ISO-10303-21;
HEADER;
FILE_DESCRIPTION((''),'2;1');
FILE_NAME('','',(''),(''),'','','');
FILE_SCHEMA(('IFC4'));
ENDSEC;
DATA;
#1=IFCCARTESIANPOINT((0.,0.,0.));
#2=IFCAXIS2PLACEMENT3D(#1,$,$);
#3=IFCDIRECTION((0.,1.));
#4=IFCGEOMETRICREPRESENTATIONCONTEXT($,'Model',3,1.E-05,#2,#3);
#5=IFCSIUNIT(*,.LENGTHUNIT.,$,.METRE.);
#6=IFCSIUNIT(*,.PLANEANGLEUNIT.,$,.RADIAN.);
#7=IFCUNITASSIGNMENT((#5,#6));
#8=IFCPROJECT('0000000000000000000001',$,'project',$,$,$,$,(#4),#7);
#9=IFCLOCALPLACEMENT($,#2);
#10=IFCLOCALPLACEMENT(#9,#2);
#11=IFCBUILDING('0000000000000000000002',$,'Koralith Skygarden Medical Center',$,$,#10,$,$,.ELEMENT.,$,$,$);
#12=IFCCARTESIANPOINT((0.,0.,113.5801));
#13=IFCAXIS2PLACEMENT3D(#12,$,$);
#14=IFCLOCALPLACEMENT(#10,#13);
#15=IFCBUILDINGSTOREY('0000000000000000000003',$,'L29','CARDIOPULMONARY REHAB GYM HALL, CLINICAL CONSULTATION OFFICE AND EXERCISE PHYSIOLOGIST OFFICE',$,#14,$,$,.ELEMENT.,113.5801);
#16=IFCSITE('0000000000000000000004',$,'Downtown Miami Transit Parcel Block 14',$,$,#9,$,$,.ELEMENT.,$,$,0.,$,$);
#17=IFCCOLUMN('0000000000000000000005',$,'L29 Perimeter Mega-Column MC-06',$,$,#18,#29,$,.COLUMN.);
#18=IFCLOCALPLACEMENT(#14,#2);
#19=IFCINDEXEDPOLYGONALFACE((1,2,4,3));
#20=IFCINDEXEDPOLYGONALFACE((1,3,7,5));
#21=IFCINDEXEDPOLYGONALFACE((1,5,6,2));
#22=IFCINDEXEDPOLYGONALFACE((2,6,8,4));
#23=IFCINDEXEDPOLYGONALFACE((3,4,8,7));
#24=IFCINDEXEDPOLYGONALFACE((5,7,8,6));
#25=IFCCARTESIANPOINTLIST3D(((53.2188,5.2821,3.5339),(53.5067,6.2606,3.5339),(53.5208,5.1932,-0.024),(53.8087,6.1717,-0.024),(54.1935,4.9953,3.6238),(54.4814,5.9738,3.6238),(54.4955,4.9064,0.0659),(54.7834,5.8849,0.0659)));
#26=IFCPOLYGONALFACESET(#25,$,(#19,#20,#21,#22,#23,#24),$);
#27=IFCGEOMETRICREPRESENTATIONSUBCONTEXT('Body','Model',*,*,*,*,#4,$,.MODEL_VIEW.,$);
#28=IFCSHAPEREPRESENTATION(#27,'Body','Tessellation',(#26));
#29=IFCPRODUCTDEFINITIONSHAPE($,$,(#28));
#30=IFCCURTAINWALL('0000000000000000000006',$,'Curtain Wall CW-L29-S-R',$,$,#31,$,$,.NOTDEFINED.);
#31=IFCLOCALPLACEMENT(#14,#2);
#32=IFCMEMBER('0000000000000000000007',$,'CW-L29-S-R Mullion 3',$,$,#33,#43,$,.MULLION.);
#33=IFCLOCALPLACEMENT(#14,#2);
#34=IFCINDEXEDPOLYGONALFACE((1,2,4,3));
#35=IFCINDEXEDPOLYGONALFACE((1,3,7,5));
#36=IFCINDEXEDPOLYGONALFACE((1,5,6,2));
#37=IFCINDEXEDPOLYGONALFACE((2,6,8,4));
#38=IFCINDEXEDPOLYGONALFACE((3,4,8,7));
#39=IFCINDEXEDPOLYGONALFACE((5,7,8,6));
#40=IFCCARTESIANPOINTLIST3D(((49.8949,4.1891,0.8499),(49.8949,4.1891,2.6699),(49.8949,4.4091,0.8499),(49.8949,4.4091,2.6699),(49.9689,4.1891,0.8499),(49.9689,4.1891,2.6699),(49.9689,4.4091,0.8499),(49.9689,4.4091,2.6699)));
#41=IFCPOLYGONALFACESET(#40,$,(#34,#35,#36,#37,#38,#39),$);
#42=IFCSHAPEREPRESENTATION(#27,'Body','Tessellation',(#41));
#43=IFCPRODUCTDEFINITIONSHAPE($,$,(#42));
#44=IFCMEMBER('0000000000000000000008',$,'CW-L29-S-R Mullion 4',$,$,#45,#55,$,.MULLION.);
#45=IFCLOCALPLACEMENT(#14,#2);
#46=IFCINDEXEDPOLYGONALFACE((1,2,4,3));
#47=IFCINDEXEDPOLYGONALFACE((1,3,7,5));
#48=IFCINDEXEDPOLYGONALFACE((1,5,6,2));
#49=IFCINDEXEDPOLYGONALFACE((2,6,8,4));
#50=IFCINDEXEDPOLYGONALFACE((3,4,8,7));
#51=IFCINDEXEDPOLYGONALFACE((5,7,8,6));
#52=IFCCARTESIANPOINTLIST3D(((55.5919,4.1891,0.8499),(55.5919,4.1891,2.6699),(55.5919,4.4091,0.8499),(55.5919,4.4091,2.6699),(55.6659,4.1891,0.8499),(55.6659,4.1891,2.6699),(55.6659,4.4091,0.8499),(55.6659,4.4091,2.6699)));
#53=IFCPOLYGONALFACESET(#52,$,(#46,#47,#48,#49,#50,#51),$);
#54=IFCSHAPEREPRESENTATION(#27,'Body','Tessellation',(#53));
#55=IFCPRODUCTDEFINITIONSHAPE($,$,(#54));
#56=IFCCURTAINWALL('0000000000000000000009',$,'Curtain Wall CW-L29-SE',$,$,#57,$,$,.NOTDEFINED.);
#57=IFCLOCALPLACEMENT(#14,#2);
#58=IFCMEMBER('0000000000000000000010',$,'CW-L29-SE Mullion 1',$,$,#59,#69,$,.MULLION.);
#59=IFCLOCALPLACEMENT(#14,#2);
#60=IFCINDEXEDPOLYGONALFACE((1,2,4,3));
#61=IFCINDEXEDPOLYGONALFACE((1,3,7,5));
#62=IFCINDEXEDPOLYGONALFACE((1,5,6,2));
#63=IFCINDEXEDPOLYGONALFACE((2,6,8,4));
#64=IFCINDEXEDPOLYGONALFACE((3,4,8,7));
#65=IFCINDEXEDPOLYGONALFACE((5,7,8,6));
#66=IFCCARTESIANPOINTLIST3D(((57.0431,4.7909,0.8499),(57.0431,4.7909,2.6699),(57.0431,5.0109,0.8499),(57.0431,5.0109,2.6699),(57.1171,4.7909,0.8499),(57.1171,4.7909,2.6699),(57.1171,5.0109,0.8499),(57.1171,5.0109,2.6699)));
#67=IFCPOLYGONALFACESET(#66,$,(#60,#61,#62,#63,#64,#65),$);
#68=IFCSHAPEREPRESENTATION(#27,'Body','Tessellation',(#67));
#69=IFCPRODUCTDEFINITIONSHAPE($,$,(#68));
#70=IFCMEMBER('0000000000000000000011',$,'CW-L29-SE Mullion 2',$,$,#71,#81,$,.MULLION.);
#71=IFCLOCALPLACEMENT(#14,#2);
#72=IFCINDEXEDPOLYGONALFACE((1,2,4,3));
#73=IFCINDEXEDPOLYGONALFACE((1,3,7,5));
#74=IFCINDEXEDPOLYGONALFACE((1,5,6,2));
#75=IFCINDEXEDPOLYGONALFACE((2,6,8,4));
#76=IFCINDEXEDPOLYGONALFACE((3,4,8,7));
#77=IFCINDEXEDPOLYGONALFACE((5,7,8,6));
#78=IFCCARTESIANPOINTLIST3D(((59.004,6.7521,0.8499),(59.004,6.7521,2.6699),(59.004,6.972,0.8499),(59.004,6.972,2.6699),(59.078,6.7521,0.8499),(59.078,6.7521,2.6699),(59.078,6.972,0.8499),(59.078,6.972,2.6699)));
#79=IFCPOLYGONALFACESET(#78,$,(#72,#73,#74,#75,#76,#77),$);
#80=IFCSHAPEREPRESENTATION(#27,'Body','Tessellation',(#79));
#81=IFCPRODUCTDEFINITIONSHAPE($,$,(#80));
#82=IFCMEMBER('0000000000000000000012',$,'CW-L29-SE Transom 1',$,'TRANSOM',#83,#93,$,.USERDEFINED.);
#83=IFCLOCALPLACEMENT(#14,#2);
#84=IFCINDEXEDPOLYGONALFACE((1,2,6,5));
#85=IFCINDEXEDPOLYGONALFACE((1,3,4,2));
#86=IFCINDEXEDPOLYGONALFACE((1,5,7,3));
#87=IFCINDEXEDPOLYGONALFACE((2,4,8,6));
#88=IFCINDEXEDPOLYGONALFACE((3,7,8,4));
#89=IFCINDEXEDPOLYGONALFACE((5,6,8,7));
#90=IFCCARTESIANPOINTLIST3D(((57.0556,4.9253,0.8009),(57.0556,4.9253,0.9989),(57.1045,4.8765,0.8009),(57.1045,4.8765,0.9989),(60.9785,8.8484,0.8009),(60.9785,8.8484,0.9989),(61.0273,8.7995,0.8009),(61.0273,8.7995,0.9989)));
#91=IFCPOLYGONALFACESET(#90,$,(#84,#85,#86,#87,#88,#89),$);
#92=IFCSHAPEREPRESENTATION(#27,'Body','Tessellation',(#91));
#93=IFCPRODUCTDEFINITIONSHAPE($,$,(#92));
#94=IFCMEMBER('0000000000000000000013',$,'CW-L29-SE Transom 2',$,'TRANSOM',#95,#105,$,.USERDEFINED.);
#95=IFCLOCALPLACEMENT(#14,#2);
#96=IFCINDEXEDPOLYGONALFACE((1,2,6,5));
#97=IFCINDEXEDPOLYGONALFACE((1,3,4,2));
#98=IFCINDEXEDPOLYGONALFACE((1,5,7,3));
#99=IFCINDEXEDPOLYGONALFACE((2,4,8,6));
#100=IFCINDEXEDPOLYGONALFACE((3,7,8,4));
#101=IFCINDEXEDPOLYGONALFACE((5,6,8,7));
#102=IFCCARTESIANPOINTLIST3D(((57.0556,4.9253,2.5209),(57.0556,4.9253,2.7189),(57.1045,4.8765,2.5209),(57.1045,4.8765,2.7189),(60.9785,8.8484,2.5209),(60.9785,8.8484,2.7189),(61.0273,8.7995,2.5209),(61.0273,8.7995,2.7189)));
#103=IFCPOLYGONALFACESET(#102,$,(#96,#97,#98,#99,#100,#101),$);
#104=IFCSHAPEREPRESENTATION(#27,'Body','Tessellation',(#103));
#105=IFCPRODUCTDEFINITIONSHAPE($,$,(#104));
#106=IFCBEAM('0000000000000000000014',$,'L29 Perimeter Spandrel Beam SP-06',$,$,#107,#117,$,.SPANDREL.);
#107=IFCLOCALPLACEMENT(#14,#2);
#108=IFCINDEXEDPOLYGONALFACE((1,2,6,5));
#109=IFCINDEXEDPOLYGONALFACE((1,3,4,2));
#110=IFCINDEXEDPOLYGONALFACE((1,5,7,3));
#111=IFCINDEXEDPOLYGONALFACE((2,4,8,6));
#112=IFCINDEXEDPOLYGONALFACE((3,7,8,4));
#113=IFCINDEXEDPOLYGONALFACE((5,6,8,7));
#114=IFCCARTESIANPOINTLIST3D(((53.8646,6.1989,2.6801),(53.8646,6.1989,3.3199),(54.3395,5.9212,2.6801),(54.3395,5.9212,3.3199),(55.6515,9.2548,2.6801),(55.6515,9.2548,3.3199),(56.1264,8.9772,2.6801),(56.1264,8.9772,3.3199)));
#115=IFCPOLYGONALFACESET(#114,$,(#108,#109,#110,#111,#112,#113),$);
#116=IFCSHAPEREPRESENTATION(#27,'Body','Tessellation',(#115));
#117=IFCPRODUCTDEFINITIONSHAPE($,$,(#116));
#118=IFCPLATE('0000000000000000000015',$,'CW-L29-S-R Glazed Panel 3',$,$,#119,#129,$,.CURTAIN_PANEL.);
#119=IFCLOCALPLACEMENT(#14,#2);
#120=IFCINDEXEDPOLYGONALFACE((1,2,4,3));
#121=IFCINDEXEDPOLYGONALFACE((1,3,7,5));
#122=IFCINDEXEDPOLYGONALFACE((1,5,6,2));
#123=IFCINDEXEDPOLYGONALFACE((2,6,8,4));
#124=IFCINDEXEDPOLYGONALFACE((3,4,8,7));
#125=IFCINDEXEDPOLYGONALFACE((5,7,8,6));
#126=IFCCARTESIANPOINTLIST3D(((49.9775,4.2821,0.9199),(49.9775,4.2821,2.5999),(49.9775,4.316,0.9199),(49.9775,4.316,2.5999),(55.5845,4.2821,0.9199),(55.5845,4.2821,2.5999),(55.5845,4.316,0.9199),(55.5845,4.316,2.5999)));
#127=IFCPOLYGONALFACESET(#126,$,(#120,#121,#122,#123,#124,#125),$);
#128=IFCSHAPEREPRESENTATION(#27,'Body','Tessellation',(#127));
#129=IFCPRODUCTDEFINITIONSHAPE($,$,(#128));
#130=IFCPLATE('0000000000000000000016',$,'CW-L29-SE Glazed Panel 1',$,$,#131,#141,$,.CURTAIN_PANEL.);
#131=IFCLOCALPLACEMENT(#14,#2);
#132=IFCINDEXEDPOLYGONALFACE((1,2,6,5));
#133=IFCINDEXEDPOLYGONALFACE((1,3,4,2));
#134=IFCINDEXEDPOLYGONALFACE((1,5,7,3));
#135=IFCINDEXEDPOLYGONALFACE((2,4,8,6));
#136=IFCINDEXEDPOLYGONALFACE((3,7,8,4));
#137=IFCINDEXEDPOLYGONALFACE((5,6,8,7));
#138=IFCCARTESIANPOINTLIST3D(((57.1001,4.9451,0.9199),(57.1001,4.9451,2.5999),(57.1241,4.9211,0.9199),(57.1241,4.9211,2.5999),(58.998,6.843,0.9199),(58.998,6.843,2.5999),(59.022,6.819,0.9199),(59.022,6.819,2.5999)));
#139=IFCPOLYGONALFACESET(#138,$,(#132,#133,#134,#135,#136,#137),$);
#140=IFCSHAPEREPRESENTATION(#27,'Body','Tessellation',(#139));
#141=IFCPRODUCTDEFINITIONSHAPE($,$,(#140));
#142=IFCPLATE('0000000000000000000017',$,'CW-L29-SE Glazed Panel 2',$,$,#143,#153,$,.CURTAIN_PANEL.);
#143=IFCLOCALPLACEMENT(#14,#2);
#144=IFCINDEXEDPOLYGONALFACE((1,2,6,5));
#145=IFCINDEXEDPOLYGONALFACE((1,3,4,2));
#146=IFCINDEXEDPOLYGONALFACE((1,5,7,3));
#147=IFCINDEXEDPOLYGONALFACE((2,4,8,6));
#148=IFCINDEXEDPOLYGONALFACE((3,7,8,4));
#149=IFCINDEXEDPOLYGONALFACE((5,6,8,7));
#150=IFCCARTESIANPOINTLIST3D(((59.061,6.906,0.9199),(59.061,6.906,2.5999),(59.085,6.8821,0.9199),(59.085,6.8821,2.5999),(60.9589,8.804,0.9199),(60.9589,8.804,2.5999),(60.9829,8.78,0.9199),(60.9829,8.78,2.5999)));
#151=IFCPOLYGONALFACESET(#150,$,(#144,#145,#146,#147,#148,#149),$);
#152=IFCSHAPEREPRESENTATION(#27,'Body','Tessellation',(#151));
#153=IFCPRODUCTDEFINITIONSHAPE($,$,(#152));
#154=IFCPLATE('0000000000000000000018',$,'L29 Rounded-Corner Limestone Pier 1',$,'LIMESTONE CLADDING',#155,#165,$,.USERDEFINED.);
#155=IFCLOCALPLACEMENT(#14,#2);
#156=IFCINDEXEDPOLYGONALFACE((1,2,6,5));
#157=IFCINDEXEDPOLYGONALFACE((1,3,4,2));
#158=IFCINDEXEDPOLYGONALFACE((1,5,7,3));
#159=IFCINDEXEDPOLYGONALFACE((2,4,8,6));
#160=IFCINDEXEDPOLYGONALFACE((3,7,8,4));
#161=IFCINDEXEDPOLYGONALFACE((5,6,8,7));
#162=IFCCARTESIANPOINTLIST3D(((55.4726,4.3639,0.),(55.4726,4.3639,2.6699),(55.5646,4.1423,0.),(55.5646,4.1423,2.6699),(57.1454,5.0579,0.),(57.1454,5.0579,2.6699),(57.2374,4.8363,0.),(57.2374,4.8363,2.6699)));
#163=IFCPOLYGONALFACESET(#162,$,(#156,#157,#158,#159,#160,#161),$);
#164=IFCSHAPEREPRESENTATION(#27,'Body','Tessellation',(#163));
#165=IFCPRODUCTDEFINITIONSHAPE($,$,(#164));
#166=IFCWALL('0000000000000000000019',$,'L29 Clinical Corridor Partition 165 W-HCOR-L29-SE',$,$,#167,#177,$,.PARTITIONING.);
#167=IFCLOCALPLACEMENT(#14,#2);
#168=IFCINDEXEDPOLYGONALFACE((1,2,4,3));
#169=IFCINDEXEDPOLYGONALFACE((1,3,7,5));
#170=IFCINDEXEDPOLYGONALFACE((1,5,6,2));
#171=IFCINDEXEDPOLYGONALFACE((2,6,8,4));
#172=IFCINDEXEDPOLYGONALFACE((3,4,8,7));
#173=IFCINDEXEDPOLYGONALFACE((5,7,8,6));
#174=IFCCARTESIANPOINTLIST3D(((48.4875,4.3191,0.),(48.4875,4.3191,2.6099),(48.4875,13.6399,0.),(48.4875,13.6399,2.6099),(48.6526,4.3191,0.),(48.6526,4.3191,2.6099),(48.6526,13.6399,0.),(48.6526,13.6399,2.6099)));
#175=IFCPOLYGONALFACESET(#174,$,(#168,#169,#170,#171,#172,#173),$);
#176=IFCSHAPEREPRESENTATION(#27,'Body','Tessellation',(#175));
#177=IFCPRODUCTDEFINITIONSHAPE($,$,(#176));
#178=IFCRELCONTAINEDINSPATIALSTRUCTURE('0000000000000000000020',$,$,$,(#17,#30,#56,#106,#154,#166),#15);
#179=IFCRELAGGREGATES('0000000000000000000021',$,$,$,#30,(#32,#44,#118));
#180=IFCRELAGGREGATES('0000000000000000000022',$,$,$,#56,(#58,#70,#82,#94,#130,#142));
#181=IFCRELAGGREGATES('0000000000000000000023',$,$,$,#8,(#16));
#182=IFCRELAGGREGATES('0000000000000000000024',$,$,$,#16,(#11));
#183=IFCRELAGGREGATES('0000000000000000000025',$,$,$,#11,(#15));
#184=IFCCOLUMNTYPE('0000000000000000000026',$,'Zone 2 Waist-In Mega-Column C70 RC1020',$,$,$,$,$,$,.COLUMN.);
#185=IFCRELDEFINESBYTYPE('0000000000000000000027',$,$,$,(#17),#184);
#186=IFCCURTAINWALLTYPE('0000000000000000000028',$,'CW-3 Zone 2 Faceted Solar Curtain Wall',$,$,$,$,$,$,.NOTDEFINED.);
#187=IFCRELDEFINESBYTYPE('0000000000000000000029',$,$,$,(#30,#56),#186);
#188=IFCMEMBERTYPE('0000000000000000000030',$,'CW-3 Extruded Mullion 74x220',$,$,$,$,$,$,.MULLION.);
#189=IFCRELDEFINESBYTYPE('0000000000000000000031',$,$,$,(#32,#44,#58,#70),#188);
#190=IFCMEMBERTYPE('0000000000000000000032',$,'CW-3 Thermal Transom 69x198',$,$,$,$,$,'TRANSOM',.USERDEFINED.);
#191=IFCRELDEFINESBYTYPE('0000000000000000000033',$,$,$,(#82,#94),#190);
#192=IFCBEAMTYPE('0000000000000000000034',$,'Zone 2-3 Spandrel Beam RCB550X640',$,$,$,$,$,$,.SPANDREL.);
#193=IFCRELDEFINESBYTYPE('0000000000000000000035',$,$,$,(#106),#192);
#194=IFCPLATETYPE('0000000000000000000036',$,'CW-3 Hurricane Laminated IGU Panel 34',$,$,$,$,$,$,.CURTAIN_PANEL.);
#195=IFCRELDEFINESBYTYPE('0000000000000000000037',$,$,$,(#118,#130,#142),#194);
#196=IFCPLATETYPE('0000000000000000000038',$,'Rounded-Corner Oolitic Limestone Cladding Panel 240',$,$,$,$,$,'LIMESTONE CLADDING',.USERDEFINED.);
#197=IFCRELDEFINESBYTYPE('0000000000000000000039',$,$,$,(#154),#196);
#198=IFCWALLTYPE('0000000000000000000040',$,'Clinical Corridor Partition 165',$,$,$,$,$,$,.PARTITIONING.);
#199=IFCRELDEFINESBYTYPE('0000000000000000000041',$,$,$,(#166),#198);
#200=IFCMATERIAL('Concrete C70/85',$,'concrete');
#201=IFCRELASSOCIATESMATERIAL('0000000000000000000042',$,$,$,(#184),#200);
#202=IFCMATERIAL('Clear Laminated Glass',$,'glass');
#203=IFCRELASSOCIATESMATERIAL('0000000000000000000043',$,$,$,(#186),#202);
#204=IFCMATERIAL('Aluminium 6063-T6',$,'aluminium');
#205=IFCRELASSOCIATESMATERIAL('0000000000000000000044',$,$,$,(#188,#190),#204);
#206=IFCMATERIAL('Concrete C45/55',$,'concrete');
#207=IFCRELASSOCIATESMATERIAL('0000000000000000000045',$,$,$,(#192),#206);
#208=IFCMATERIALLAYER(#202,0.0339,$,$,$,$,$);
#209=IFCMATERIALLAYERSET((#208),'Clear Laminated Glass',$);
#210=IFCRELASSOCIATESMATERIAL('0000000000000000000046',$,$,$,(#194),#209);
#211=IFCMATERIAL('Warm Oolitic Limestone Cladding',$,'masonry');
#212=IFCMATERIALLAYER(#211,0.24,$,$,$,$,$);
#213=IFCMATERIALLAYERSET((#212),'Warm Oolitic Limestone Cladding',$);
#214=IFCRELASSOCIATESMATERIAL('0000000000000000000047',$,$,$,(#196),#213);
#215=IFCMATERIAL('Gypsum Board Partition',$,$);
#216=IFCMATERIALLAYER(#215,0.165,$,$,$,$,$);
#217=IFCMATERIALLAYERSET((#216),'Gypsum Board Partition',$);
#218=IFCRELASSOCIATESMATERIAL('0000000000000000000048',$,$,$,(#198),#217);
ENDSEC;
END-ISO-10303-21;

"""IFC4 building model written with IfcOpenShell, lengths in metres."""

from ifc_helpers import new_model, si_unit, direction, frame, frame_2d, origin, origin_2d, place, context, subcontext, project, spatial, rectangle, extrude, material, layer, layer_set, material_profile, profile_set, type_object, element, aggregate, save


model = new_model("IFC4")

# Units and contexts
model_context = context("Model", 3, precision=1e-05, world=origin(), true_north=direction((0.0, 1.0)))
body_context = subcontext(model_context, "Body", "Model", "MODEL_VIEW")
ifc_project = project(units=[si_unit("LENGTHUNIT", "METRE"), si_unit("PLANEANGLEUNIT", "RADIAN")], contexts=[model_context])

# Site, building, storey
site_placement = place(None, origin())
site = spatial("IfcSite", under=ifc_project, at=site_placement, Name="Downtown Miami Transit Parcel Block 14", CompositionType="ELEMENT", RefElevation=0.0)
building_placement = place(site_placement, origin())
building = spatial("IfcBuilding", under=site, at=building_placement, Name="Koralith Skygarden Medical Center", CompositionType="ELEMENT")
storey_placement = place(building_placement, frame((0.0, 0.0, 113.5801)))
storey = spatial("IfcBuildingStorey", under=building, at=storey_placement, Name="L29", Description="CARDIOPULMONARY REHAB GYM HALL, CLINICAL CONSULTATION OFFICE AND EXERCISE PHYSIOLOGIST OFFICE", CompositionType="ELEMENT", Elevation=113.5801)

# Column
ifc_material_1 = material(Name="Concrete C70/85", Category="concrete")
ifc_material_profile_1 = material_profile(ifc_material_1, rectangle(XDim=1.02, YDim=1.02, at=origin_2d()), Name="RC1020X1020")
ifc_profile_set_1 = profile_set([ifc_material_profile_1], Name="Concrete C70/85")
column_type = type_object("IfcColumnType", Name="Zone 2 Waist-In Mega-Column C70 RC1020", PredefinedType="COLUMN", material=ifc_profile_set_1)
column_placement = place(storey_placement, frame((54.1521, 5.5391, 0.021), z_axis=(-0.084553, 0.02488, 0.996108), x_axis=(-0.282292, -0.959328, 0.0)))
element("IfcColumn", 1, at=column_placement, inside=storey, type_object=column_type, Name="L29 Perimeter Mega-Column MC-06", PredefinedType="COLUMN", context=body_context, shape_type="SweptSolid", body=[
    extrude(rectangle(XDim=1.02, YDim=1.02, at=origin_2d()), origin(), (0.0, 0.0, 1.0), 3.5718),
])

# Curtain walls, members
ifc_material_2 = material(Name="Clear Laminated Glass", Category="glass")
curtain_wall_type = type_object("IfcCurtainWallType", Name="CW-3 Zone 2 Faceted Solar Curtain Wall", PredefinedType="NOTDEFINED", material=ifc_material_2)
curtain_wall_1_placement = place(storey_placement, origin())
curtain_wall_1 = element("IfcCurtainWall", 2, at=curtain_wall_1_placement, inside=storey, type_object=curtain_wall_type, Name="Curtain Wall CW-L29-S-R", PredefinedType="NOTDEFINED")
ifc_material_3 = material(Name="Aluminium 6063-T6", Category="aluminium")
ifc_material_profile_2 = material_profile(ifc_material_3, rectangle(XDim=0.074, YDim=0.22, at=origin_2d()), Name="MUL74X220")
ifc_profile_set_2 = profile_set([ifc_material_profile_2], Name="Aluminium 6063-T6")
member_type_1 = type_object("IfcMemberType", Name="CW-3 Extruded Mullion 74x220", PredefinedType="MULLION", material=ifc_profile_set_2)
member_1_placement = place(storey_placement, frame((49.9319, 4.2991, 0.8499), z_axis=(0.0, 0.0, 1.0), x_axis=(1.0, 0.0, 0.0)))
member_1 = element("IfcMember", 3, at=member_1_placement, type_object=member_type_1, Name="CW-L29-S-R Mullion 3", PredefinedType="MULLION", context=body_context, shape_type="SweptSolid", body=[
    extrude(rectangle(XDim=0.074, YDim=0.22, at=origin_2d()), origin(), (0.0, 0.0, 1.0), 1.8201),
])
member_2_placement = place(storey_placement, frame((55.6289, 4.2991, 0.8499), z_axis=(0.0, 0.0, 1.0), x_axis=(1.0, 0.0, 0.0)))
member_2 = element("IfcMember", 4, at=member_2_placement, type_object=member_type_1, Name="CW-L29-S-R Mullion 4", PredefinedType="MULLION", context=body_context, shape_type="SweptSolid", body=[
    extrude(rectangle(XDim=0.074, YDim=0.22, at=origin_2d()), origin(), (0.0, 0.0, 1.0), 1.8201),
])
curtain_wall_2_placement = place(storey_placement, origin())
curtain_wall_2 = element("IfcCurtainWall", 5, at=curtain_wall_2_placement, inside=storey, type_object=curtain_wall_type, Name="Curtain Wall CW-L29-SE", PredefinedType="NOTDEFINED")
member_3_placement = place(storey_placement, frame((57.0801, 4.9009, 0.8499), z_axis=(0.0, 0.0, 1.0), x_axis=(1.0, 0.0, 0.0)))
member_3 = element("IfcMember", 6, at=member_3_placement, type_object=member_type_1, Name="CW-L29-SE Mullion 1", PredefinedType="MULLION", context=body_context, shape_type="SweptSolid", body=[
    extrude(rectangle(XDim=0.074, YDim=0.22, at=origin_2d()), origin(), (0.0, 0.0, 1.0), 1.8201),
])
member_4_placement = place(storey_placement, frame((59.041, 6.8621, 0.8499), z_axis=(0.0, 0.0, 1.0), x_axis=(1.0, 0.0, 0.0)))
member_4 = element("IfcMember", 7, at=member_4_placement, type_object=member_type_1, Name="CW-L29-SE Mullion 2", PredefinedType="MULLION", context=body_context, shape_type="SweptSolid", body=[
    extrude(rectangle(XDim=0.074, YDim=0.22, at=origin_2d()), origin(), (0.0, 0.0, 1.0), 1.8201),
])
ifc_material_profile_3 = material_profile(ifc_material_3, rectangle(XDim=0.0691, YDim=0.198, at=origin_2d()), Name="TRN69X198")
ifc_profile_set_3 = profile_set([ifc_material_profile_3], Name="Aluminium 6063-T6")
member_type_2 = type_object("IfcMemberType", Name="CW-3 Thermal Transom 69x198", ElementType="TRANSOM", PredefinedType="USERDEFINED", material=ifc_profile_set_3)
member_5_placement = place(storey_placement, frame((57.0801, 4.9009, 0.8999), z_axis=(0.707085, 0.707129, 0.0), x_axis=(-0.707129, 0.707085, 0.0)))
member_5 = element("IfcMember", 8, at=member_5_placement, type_object=member_type_2, Name="CW-L29-SE Transom 1", ObjectType="TRANSOM", PredefinedType="USERDEFINED", context=body_context, shape_type="SweptSolid", body=[
    extrude(rectangle(XDim=0.0691, YDim=0.198, at=origin_2d()), origin(), (0.0, 0.0, 1.0), 5.5479),
])
member_6_placement = place(storey_placement, frame((57.0801, 4.9009, 2.6199), z_axis=(0.707085, 0.707129, 0.0), x_axis=(-0.707129, 0.707085, 0.0)))
member_6 = element("IfcMember", 9, at=member_6_placement, type_object=member_type_2, Name="CW-L29-SE Transom 2", ObjectType="TRANSOM", PredefinedType="USERDEFINED", context=body_context, shape_type="SweptSolid", body=[
    extrude(rectangle(XDim=0.0691, YDim=0.198, at=origin_2d()), origin(), (0.0, 0.0, 1.0), 5.5479),
])

# Beam
ifc_material_4 = material(Name="Concrete C45/55", Category="concrete")
ifc_material_profile_4 = material_profile(ifc_material_4, rectangle(XDim=0.55, YDim=0.6399, at=origin_2d()), Name="RCB550X640")
ifc_profile_set_4 = profile_set([ifc_material_profile_4], Name="Concrete C45/55")
beam_type = type_object("IfcBeamType", Name="Zone 2-3 Spandrel Beam RCB550X640", PredefinedType="SPANDREL", material=ifc_profile_set_4)
beam_placement = place(storey_placement, frame((54.1021, 6.0601, 3.0), z_axis=(0.504767, 0.863256, 0.0), x_axis=(-0.863256, 0.504767, 0.0)))
element("IfcBeam", 10, at=beam_placement, inside=storey, type_object=beam_type, Name="L29 Perimeter Spandrel Beam SP-06", PredefinedType="SPANDREL", context=body_context, shape_type="SweptSolid", body=[
    extrude(rectangle(XDim=0.55, YDim=0.6399, at=origin_2d()), origin(), (0.0, 0.0, 1.0), 3.54),
])

# Plates
ifc_layer_1 = layer(ifc_material_2, 0.0339)
ifc_layer_set_1 = layer_set([ifc_layer_1], Name="Clear Laminated Glass")
plate_type_1 = type_object("IfcPlateType", Name="CW-3 Hurricane Laminated IGU Panel 34", PredefinedType="CURTAIN_PANEL", material=ifc_layer_set_1)
plate_1_placement = place(storey_placement, frame((52.781, 4.2991, 0.9199), z_axis=(0.0, 0.0, 1.0), x_axis=(1.0, 0.0, 0.0)))
plate_1 = element("IfcPlate", 11, at=plate_1_placement, type_object=plate_type_1, Name="CW-L29-S-R Glazed Panel 3", PredefinedType="CURTAIN_PANEL", context=body_context, shape_type="SweptSolid", body=[
    extrude(rectangle(XDim=5.6069, YDim=0.0339, at=origin_2d()), origin(), (0.0, 0.0, 1.0), 1.6799),
])
aggregate(curtain_wall_1, [member_1, member_2, plate_1])
plate_2_placement = place(storey_placement, frame((58.061, 5.8821, 0.9199), z_axis=(0.0, 0.0, 1.0), x_axis=(0.707107, 0.707107, 0.0)))
plate_2 = element("IfcPlate", 12, at=plate_2_placement, type_object=plate_type_1, Name="CW-L29-SE Glazed Panel 1", PredefinedType="CURTAIN_PANEL", context=body_context, shape_type="SweptSolid", body=[
    extrude(rectangle(XDim=2.6841, YDim=0.0339, at=origin_2d()), origin(), (0.0, 0.0, 1.0), 1.6799),
])
plate_3_placement = place(storey_placement, frame((60.022, 7.843, 0.9199), z_axis=(0.0, 0.0, 1.0), x_axis=(0.707107, 0.707107, 0.0)))
plate_3 = element("IfcPlate", 13, at=plate_3_placement, type_object=plate_type_1, Name="CW-L29-SE Glazed Panel 2", PredefinedType="CURTAIN_PANEL", context=body_context, shape_type="SweptSolid", body=[
    extrude(rectangle(XDim=2.6841, YDim=0.0339, at=origin_2d()), origin(), (0.0, 0.0, 1.0), 1.6799),
])
aggregate(curtain_wall_2, [member_3, member_4, member_5, member_6, plate_2, plate_3])
ifc_material_5 = material(Name="Warm Oolitic Limestone Cladding", Category="masonry")
ifc_layer_2 = layer(ifc_material_5, 0.24)
ifc_layer_set_2 = layer_set([ifc_layer_2], Name="Warm Oolitic Limestone Cladding")
plate_type_2 = type_object("IfcPlateType", Name="Rounded-Corner Oolitic Limestone Cladding Panel 240", ElementType="LIMESTONE CLADDING", PredefinedType="USERDEFINED", material=ifc_layer_set_2)
plate_4_placement = place(storey_placement, frame((56.355, 4.6001, 0.0), z_axis=(0.0, 0.0, 1.0), x_axis=(0.92366, 0.383214, 0.0)))
element("IfcPlate", 14, at=plate_4_placement, inside=storey, type_object=plate_type_2, Name="L29 Rounded-Corner Limestone Pier 1", ObjectType="LIMESTONE CLADDING", PredefinedType="USERDEFINED", context=body_context, shape_type="SweptSolid", body=[
    extrude(rectangle(XDim=1.811, YDim=0.24, at=origin_2d()), origin(), (0.0, 0.0, 1.0), 2.6699),
])

# Wall
ifc_material_6 = material(Name="Gypsum Board Partition")
ifc_layer_3 = layer(ifc_material_6, 0.165)
ifc_layer_set_3 = layer_set([ifc_layer_3], Name="Gypsum Board Partition")
wall_type_1 = type_object("IfcWallType", Name="Clinical Corridor Partition 165", PredefinedType="PARTITIONING", material=ifc_layer_set_3)
wall_1_placement = place(storey_placement, frame((48.5701, 4.3191, 0.0), z_axis=(0.0, 0.0, 1.0), x_axis=(0.0, 1.0, 0.0)))
element("IfcWall", 15, at=wall_1_placement, inside=storey, type_object=wall_type_1, Name="L29 Clinical Corridor Partition 165 W-HCOR-L29-SE", PredefinedType="PARTITIONING", context=body_context, shape_type="SweptSolid", body=[
    extrude(rectangle(XDim=9.3208, YDim=0.165, at=frame_2d((4.6604, 0.0))), origin(), (0.0, 0.0, 1.0), 2.6099),
])

save(model, "model.ifc")
